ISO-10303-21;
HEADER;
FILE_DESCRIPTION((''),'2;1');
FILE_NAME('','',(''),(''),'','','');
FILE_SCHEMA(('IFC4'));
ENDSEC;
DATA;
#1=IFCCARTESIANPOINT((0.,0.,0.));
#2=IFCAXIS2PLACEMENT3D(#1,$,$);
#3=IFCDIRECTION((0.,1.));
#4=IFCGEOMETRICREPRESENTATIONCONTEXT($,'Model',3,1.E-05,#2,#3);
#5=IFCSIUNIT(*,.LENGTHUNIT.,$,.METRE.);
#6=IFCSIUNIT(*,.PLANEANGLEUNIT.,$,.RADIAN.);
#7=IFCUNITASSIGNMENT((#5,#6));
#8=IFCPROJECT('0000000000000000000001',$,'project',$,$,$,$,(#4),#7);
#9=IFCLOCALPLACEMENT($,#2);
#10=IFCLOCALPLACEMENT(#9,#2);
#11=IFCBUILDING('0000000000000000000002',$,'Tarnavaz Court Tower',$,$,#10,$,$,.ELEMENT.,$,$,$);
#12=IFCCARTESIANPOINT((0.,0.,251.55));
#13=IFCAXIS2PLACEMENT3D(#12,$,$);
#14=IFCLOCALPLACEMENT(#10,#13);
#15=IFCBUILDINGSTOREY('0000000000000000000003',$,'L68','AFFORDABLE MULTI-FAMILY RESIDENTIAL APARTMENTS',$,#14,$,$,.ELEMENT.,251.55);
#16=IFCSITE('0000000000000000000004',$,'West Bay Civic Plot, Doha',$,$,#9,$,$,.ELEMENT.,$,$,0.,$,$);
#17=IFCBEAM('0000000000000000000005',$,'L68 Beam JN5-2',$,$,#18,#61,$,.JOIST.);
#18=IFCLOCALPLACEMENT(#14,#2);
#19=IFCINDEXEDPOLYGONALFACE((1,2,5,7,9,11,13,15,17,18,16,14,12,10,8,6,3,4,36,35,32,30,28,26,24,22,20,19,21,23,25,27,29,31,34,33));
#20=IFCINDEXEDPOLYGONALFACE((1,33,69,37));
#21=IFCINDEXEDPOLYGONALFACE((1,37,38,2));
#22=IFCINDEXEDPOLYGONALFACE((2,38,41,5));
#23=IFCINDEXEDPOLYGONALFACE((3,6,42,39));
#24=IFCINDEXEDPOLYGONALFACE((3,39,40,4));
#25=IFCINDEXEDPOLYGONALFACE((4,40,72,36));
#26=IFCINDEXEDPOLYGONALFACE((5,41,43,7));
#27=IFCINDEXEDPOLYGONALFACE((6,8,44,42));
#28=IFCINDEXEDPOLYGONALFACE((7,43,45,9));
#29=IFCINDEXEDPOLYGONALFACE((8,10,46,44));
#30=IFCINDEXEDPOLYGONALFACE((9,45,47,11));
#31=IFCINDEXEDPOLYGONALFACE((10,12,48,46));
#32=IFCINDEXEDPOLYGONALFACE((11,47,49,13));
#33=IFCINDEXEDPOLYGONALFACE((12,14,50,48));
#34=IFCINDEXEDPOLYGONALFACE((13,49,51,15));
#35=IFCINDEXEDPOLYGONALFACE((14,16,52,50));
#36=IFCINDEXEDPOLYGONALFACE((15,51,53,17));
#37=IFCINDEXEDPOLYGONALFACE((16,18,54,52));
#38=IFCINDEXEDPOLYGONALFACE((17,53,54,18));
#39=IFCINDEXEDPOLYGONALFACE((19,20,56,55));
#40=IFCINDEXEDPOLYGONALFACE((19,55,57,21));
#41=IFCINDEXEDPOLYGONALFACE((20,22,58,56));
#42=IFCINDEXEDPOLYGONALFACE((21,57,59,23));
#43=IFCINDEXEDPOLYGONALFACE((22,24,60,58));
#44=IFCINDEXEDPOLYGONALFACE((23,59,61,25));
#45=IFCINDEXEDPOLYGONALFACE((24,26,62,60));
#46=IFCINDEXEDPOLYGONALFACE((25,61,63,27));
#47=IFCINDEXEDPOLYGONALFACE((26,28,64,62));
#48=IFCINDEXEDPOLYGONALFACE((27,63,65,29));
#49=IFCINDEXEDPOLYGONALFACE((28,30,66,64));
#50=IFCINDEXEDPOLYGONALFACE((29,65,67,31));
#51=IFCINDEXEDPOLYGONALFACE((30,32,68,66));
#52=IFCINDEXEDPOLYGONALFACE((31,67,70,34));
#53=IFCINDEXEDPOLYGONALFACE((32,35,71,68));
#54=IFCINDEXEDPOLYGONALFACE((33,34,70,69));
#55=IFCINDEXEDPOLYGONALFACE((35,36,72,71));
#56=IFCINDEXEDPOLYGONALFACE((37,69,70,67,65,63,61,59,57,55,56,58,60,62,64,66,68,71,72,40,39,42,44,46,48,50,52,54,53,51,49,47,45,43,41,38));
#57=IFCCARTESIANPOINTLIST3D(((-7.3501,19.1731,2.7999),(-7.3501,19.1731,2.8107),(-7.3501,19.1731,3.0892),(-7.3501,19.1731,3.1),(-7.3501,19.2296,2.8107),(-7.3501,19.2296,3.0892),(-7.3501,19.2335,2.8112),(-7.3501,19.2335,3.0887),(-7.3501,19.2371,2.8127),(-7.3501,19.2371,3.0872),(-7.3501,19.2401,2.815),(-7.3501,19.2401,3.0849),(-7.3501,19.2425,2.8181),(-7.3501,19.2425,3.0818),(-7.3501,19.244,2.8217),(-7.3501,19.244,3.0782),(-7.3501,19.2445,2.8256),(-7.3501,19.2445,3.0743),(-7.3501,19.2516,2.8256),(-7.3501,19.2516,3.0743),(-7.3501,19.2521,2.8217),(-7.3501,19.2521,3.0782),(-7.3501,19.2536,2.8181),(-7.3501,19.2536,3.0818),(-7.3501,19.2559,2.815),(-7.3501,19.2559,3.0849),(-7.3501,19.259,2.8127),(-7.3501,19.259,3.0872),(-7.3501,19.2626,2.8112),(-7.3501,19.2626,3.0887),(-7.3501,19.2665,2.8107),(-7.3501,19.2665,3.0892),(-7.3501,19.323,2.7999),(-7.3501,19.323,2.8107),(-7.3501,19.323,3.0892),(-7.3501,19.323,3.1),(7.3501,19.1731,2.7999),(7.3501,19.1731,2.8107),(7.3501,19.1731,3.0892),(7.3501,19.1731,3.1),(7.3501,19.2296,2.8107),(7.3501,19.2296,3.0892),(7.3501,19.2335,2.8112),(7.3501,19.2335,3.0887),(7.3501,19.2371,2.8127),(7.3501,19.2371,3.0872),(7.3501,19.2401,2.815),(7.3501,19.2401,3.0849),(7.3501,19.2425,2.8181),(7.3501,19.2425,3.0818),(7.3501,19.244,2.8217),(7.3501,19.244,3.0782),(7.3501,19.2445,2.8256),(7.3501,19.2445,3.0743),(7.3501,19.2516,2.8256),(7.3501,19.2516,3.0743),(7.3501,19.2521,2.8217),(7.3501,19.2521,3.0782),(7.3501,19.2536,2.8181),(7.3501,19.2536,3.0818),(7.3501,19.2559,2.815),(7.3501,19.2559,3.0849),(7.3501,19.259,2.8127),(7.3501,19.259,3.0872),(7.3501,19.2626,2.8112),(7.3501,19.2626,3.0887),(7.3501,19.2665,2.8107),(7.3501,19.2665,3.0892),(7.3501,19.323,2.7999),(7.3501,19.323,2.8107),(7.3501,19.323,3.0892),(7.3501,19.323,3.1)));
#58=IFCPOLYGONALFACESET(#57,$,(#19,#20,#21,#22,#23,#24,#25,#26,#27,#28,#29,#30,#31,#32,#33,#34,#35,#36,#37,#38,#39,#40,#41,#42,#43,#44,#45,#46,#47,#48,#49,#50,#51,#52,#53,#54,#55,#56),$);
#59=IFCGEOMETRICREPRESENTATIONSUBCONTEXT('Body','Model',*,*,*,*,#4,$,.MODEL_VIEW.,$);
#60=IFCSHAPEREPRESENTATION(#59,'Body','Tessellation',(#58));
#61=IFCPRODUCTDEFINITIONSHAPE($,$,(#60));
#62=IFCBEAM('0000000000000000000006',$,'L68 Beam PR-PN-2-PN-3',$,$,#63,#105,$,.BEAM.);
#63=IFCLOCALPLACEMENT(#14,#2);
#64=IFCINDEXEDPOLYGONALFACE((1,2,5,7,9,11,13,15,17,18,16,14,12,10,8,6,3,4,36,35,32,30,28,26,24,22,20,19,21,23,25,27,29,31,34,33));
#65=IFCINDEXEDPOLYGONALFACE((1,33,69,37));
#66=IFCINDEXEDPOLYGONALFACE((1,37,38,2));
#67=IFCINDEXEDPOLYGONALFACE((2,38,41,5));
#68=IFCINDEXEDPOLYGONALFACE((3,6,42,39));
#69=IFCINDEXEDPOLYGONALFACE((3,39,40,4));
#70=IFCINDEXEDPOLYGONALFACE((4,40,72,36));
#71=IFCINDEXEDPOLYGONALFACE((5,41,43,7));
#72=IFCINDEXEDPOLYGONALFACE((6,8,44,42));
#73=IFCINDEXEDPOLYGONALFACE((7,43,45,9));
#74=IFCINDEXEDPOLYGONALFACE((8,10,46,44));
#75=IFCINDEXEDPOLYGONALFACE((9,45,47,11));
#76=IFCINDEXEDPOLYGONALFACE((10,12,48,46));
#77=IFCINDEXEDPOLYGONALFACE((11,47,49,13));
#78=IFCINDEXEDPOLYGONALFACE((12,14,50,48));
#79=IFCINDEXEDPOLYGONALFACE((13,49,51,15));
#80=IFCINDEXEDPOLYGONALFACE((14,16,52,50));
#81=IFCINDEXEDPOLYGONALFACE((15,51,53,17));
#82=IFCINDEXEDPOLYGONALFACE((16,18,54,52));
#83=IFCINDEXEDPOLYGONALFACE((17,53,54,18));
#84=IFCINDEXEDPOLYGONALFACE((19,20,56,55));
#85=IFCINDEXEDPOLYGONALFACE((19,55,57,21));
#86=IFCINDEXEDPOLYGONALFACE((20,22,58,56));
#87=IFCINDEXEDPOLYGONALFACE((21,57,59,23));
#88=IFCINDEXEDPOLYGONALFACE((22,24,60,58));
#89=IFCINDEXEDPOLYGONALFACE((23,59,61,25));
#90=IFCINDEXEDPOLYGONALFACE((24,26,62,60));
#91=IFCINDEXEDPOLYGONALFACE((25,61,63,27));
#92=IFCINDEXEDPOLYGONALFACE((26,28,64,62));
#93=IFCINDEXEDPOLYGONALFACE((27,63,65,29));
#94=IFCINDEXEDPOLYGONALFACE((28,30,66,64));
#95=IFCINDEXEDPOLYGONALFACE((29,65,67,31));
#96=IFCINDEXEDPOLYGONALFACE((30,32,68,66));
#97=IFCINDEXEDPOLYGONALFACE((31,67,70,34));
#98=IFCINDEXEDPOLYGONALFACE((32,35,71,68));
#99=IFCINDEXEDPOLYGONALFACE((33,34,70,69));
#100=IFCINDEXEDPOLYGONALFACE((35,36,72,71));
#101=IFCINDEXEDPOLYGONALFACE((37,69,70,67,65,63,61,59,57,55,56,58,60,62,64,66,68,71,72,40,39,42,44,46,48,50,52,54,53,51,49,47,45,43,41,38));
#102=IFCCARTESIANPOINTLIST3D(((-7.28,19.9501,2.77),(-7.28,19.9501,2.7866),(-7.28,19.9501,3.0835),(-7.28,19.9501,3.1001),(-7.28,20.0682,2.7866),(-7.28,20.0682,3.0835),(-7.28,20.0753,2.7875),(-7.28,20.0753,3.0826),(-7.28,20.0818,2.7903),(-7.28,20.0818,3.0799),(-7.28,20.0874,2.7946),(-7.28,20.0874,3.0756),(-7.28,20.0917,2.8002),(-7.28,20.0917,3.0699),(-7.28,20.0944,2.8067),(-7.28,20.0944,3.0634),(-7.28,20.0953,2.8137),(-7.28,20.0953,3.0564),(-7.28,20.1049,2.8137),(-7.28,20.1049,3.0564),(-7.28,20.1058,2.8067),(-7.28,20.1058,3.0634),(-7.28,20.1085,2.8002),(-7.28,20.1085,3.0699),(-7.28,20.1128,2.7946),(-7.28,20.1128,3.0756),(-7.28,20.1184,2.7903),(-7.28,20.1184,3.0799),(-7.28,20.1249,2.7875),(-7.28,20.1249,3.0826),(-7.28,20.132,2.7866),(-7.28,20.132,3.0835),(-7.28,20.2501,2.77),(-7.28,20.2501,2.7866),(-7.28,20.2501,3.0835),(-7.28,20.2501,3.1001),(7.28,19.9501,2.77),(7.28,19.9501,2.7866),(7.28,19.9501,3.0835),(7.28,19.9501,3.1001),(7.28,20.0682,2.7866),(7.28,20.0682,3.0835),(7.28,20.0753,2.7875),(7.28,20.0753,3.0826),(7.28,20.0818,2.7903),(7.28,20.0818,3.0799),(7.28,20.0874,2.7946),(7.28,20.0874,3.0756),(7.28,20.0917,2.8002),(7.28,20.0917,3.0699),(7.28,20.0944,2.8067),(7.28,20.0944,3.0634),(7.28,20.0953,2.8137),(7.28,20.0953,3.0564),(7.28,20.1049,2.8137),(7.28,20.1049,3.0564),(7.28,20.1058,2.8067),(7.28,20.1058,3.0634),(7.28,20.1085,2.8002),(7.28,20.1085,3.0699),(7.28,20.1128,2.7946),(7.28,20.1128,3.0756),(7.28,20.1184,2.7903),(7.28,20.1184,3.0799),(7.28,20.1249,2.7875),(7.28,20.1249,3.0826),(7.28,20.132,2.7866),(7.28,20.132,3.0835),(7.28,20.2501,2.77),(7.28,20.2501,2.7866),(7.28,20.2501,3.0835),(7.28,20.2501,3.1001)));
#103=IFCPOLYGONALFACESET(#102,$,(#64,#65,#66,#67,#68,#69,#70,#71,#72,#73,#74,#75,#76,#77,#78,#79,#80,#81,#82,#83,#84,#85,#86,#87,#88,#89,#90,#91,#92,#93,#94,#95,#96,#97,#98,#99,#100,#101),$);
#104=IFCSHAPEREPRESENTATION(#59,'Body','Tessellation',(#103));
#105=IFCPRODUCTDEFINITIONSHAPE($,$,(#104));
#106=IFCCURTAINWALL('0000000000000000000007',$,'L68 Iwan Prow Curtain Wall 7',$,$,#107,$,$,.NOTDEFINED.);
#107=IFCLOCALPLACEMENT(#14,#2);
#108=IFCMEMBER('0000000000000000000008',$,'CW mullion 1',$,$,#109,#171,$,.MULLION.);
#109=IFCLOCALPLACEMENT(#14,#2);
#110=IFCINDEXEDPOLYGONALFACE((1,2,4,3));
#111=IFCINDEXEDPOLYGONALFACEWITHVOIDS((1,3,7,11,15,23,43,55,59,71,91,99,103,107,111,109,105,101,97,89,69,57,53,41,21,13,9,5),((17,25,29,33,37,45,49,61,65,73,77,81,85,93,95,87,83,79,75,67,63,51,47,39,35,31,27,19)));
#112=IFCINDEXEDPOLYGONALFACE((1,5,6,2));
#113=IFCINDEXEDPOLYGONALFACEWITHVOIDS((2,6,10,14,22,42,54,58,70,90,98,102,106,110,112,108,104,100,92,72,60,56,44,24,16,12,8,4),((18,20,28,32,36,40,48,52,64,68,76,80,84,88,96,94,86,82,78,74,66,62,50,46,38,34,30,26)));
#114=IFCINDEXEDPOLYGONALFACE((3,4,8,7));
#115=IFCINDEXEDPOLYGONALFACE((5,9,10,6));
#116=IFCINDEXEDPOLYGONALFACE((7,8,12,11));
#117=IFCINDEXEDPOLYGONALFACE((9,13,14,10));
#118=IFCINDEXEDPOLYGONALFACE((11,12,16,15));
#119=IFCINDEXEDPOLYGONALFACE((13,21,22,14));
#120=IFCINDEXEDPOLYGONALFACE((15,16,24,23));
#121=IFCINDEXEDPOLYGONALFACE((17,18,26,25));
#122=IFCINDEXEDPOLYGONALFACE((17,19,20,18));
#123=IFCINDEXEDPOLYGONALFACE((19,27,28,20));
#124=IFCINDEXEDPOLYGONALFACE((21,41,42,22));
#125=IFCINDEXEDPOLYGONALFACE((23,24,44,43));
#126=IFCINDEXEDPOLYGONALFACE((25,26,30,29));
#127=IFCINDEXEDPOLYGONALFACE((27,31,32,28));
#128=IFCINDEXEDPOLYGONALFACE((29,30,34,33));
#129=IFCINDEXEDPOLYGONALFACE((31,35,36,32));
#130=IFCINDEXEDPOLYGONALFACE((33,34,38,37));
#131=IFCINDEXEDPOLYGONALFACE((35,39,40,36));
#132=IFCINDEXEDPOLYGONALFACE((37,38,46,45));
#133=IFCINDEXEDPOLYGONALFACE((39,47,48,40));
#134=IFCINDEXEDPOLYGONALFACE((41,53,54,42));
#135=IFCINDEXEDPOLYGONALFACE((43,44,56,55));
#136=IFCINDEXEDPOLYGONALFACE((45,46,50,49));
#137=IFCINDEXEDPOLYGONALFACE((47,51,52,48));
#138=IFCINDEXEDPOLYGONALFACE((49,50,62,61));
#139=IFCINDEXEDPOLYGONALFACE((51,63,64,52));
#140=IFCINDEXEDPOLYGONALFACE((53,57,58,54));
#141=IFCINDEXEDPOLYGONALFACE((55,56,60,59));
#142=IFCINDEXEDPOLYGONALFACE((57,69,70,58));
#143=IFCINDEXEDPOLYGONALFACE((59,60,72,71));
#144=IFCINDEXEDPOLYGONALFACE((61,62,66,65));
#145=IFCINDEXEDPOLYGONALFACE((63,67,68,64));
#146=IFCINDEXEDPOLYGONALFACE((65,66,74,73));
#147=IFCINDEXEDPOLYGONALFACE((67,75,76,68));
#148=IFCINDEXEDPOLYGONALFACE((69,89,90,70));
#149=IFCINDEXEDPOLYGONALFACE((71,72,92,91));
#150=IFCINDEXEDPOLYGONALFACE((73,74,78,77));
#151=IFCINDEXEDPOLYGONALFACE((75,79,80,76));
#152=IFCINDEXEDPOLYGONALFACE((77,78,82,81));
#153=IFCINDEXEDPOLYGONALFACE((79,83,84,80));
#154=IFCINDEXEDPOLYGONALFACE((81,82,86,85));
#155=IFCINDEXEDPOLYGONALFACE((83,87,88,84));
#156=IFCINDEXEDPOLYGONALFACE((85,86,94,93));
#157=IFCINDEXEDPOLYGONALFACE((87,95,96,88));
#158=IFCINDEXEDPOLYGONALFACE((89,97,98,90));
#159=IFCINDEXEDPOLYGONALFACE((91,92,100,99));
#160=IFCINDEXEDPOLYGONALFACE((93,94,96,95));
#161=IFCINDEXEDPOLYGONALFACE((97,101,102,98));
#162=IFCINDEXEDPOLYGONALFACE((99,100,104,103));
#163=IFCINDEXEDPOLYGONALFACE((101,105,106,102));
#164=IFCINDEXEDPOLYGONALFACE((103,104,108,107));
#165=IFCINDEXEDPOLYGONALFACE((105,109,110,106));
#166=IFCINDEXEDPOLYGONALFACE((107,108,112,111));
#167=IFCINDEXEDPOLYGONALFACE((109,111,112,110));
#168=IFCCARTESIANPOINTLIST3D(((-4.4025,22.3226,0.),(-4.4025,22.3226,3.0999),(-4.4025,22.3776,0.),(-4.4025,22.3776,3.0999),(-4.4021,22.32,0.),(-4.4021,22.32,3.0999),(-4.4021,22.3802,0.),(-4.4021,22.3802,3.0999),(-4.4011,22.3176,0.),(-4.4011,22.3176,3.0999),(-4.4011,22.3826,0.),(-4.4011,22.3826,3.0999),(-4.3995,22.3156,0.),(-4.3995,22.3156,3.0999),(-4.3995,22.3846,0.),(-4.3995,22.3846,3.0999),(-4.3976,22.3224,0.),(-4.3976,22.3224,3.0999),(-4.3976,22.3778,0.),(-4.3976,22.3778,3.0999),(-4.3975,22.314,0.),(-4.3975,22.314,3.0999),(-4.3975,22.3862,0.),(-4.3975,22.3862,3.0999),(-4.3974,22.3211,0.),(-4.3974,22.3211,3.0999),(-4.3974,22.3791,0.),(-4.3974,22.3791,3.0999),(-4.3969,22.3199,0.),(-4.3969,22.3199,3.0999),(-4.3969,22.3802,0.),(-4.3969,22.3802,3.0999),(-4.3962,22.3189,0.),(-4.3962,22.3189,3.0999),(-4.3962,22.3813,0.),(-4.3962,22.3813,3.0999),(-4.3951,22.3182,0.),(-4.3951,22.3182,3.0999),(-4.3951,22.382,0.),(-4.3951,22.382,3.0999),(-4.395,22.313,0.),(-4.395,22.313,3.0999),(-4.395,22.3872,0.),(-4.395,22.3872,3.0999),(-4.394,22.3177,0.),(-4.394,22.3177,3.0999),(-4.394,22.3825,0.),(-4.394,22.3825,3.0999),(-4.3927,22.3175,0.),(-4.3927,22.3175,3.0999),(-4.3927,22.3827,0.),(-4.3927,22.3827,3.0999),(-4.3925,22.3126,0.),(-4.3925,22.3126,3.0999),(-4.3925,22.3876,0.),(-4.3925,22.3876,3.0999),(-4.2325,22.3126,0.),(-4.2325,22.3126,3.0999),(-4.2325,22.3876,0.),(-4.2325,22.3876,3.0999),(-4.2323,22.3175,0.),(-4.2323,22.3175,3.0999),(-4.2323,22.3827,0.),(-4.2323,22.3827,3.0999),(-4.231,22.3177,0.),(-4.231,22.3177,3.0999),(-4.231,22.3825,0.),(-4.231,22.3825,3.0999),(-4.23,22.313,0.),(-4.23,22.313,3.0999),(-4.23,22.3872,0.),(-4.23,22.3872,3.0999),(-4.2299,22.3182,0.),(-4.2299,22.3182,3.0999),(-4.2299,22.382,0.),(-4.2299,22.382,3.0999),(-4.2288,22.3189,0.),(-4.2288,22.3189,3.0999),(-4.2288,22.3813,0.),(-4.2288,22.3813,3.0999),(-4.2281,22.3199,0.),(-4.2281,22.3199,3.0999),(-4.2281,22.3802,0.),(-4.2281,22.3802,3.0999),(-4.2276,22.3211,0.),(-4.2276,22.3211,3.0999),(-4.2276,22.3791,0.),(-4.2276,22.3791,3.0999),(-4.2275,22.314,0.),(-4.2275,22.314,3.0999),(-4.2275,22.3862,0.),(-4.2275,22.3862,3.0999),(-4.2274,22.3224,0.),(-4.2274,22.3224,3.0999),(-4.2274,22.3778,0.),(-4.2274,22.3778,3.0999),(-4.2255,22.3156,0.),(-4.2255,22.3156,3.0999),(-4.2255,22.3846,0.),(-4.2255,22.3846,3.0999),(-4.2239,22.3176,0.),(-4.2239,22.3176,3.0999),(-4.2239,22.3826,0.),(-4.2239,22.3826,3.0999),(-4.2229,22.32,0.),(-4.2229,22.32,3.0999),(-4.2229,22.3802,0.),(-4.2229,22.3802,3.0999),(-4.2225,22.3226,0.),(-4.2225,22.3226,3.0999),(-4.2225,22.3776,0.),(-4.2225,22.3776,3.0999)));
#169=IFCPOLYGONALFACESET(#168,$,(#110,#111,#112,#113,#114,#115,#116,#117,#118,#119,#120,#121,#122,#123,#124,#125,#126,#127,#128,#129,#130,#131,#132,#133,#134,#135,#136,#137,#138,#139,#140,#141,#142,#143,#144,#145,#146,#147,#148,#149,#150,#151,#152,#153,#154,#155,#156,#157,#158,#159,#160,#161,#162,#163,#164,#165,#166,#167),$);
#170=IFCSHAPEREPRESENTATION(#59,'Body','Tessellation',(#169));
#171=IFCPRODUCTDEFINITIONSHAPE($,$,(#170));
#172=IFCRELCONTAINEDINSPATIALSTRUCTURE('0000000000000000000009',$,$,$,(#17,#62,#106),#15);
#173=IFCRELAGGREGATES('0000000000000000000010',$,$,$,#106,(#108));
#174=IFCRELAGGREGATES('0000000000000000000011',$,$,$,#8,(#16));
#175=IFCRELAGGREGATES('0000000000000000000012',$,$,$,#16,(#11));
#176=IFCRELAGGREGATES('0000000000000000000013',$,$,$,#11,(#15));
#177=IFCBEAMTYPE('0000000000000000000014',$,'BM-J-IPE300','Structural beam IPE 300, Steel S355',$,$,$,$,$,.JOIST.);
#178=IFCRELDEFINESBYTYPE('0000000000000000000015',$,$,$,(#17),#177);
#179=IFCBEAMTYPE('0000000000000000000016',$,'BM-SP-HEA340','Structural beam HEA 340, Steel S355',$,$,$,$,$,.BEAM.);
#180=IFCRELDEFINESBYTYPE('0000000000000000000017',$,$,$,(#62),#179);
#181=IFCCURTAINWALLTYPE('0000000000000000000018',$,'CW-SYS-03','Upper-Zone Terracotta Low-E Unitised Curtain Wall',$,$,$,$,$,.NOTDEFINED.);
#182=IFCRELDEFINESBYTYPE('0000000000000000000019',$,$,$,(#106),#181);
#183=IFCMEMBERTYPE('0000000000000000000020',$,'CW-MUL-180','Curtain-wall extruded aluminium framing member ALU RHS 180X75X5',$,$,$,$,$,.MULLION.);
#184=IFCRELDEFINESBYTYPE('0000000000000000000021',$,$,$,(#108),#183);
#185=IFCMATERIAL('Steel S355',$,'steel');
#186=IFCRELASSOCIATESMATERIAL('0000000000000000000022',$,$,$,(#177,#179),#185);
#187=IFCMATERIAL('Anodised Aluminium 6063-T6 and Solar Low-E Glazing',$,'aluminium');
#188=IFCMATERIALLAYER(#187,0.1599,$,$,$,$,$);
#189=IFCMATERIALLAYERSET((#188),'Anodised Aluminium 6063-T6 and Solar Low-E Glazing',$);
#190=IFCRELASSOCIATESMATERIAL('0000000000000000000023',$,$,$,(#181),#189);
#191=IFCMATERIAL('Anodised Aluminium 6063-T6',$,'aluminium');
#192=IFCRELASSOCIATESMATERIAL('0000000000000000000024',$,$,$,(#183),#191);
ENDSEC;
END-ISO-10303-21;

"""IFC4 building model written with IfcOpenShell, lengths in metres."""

from ifc_helpers import new_model, si_unit, direction, frame, origin, origin_2d, place, context, subcontext, project, spatial, hollow_rectangle, i_section, extrude, material, layer, layer_set, material_profile, profile_set, type_object, element, aggregate, save


model = new_model("IFC4")

# Units and contexts
model_context = context("Model", 3, precision=1e-05, world=origin(), true_north=direction((0.0, 1.0)))
body_context = subcontext(model_context, "Body", "Model", "MODEL_VIEW")
ifc_project = project(units=[si_unit("LENGTHUNIT", "METRE"), si_unit("PLANEANGLEUNIT", "RADIAN")], contexts=[model_context])

# Site, building, storey
site_placement = place(None, origin())
site = spatial("IfcSite", under=ifc_project, at=site_placement, Name="West Bay Civic Plot, Doha", CompositionType="ELEMENT", RefElevation=0.0)
building_placement = place(site_placement, origin())
building = spatial("IfcBuilding", under=site, at=building_placement, Name="Tarnavaz Court Tower", CompositionType="ELEMENT")
storey_placement = place(building_placement, frame((0.0, 0.0, 251.55)))
storey = spatial("IfcBuildingStorey", under=building, at=storey_placement, Name="L68", Description="AFFORDABLE MULTI-FAMILY RESIDENTIAL APARTMENTS", CompositionType="ELEMENT", Elevation=251.55)

# Beams
ifc_material_1 = material(Name="Steel S355", Category="steel")
ifc_material_profile_1 = material_profile(ifc_material_1, i_section(OverallWidth=0.1499, OverallDepth=0.3, WebThickness=0.0071, FlangeThickness=0.0107, FilletRadius=0.0149, at=origin_2d()), Name="IPE 300")
ifc_profile_set_1 = profile_set([ifc_material_profile_1], Name="Steel S355")
beam_type_1 = type_object("IfcBeamType", Name="BM-J-IPE300", Description="Structural beam IPE 300, Steel S355", PredefinedType="JOIST", material=ifc_profile_set_1)
for number, where, z_axis, x_axis, name in (
    (1, (-7.3501, 19.248, 2.95), (1.0, 0.0, 0.0), (0.0, 1.0, 0.0), "L68 Beam JN5-2"),
):
    element("IfcBeam", number, at=place(storey_placement, frame(where, z_axis=z_axis, x_axis=x_axis)), inside=storey, type_object=beam_type_1, Name=name, PredefinedType="JOIST", context=body_context, shape_type="SweptSolid", body=[
        extrude(i_section(OverallWidth=0.1499, OverallDepth=0.3, WebThickness=0.0071, FlangeThickness=0.0107, FilletRadius=0.0149, at=origin_2d()), origin(), (0.0, 0.0, 1.0), 14.7002),
    ])
ifc_material_profile_2 = material_profile(ifc_material_1, i_section(OverallWidth=0.3, OverallDepth=0.3301, WebThickness=0.0095, FlangeThickness=0.0166, FilletRadius=0.0271, at=origin_2d()), Name="HEA 340")
ifc_profile_set_2 = profile_set([ifc_material_profile_2], Name="Steel S355")
beam_type_2 = type_object("IfcBeamType", Name="BM-SP-HEA340", Description="Structural beam HEA 340, Steel S355", PredefinedType="BEAM", material=ifc_profile_set_2)
beam_placement = place(storey_placement, frame((-7.28, 20.1001, 2.9351), z_axis=(1.0, 0.0, 0.0), x_axis=(0.0, 1.0, 0.0)))
element("IfcBeam", 2, at=beam_placement, inside=storey, type_object=beam_type_2, Name="L68 Beam PR-PN-2-PN-3", PredefinedType="BEAM", context=body_context, shape_type="SweptSolid", body=[
    extrude(i_section(OverallWidth=0.3, OverallDepth=0.3301, WebThickness=0.0095, FlangeThickness=0.0166, FilletRadius=0.0271, at=origin_2d()), origin(), (0.0, 0.0, 1.0), 14.5601),
])

# Curtain wall, member
ifc_material_2 = material(Name="Anodised Aluminium 6063-T6 and Solar Low-E Glazing", Category="aluminium")
ifc_layer_1 = layer(ifc_material_2, 0.1599)
ifc_layer_set_1 = layer_set([ifc_layer_1], Name="Anodised Aluminium 6063-T6 and Solar Low-E Glazing")
curtain_wall_type = type_object("IfcCurtainWallType", Name="CW-SYS-03", Description="Upper-Zone Terracotta Low-E Unitised Curtain Wall", PredefinedType="NOTDEFINED", material=ifc_layer_set_1)
curtain_wall_placement = place(storey_placement, origin())
curtain_wall = element("IfcCurtainWall", 3, at=curtain_wall_placement, inside=storey, type_object=curtain_wall_type, Name="L68 Iwan Prow Curtain Wall 7", PredefinedType="NOTDEFINED")
ifc_material_3 = material(Name="Anodised Aluminium 6063-T6", Category="aluminium")
ifc_material_profile_3 = material_profile(ifc_material_3, hollow_rectangle(XDim=0.075, YDim=0.1799, WallThickness=0.0049, InnerFilletRadius=0.0049, OuterFilletRadius=0.01, at=origin_2d()), Name="ALU RHS 180X75X5")
ifc_profile_set_3 = profile_set([ifc_material_profile_3], Name="Anodised Aluminium 6063-T6")
member_type_1 = type_object("IfcMemberType", Name="CW-MUL-180", Description="Curtain-wall extruded aluminium framing member ALU RHS 180X75X5", PredefinedType="MULLION", material=ifc_profile_set_3)
member_1_placement = place(storey_placement, frame((-4.3125, 22.3501, 0.0), z_axis=(0.0, 0.0, 1.0), x_axis=(0.0, 1.0, 0.0)))
member_1 = element("IfcMember", 4, at=member_1_placement, type_object=member_type_1, Name="CW mullion 1", PredefinedType="MULLION", context=body_context, shape_type="SweptSolid", body=[
    extrude(hollow_rectangle(XDim=0.075, YDim=0.1799, WallThickness=0.0049, InnerFilletRadius=0.0049, OuterFilletRadius=0.01, at=origin_2d()), origin(), (0.0, 0.0, 1.0), 3.0999),
])
aggregate(curtain_wall, [member_1])

save(model, "model.ifc")
